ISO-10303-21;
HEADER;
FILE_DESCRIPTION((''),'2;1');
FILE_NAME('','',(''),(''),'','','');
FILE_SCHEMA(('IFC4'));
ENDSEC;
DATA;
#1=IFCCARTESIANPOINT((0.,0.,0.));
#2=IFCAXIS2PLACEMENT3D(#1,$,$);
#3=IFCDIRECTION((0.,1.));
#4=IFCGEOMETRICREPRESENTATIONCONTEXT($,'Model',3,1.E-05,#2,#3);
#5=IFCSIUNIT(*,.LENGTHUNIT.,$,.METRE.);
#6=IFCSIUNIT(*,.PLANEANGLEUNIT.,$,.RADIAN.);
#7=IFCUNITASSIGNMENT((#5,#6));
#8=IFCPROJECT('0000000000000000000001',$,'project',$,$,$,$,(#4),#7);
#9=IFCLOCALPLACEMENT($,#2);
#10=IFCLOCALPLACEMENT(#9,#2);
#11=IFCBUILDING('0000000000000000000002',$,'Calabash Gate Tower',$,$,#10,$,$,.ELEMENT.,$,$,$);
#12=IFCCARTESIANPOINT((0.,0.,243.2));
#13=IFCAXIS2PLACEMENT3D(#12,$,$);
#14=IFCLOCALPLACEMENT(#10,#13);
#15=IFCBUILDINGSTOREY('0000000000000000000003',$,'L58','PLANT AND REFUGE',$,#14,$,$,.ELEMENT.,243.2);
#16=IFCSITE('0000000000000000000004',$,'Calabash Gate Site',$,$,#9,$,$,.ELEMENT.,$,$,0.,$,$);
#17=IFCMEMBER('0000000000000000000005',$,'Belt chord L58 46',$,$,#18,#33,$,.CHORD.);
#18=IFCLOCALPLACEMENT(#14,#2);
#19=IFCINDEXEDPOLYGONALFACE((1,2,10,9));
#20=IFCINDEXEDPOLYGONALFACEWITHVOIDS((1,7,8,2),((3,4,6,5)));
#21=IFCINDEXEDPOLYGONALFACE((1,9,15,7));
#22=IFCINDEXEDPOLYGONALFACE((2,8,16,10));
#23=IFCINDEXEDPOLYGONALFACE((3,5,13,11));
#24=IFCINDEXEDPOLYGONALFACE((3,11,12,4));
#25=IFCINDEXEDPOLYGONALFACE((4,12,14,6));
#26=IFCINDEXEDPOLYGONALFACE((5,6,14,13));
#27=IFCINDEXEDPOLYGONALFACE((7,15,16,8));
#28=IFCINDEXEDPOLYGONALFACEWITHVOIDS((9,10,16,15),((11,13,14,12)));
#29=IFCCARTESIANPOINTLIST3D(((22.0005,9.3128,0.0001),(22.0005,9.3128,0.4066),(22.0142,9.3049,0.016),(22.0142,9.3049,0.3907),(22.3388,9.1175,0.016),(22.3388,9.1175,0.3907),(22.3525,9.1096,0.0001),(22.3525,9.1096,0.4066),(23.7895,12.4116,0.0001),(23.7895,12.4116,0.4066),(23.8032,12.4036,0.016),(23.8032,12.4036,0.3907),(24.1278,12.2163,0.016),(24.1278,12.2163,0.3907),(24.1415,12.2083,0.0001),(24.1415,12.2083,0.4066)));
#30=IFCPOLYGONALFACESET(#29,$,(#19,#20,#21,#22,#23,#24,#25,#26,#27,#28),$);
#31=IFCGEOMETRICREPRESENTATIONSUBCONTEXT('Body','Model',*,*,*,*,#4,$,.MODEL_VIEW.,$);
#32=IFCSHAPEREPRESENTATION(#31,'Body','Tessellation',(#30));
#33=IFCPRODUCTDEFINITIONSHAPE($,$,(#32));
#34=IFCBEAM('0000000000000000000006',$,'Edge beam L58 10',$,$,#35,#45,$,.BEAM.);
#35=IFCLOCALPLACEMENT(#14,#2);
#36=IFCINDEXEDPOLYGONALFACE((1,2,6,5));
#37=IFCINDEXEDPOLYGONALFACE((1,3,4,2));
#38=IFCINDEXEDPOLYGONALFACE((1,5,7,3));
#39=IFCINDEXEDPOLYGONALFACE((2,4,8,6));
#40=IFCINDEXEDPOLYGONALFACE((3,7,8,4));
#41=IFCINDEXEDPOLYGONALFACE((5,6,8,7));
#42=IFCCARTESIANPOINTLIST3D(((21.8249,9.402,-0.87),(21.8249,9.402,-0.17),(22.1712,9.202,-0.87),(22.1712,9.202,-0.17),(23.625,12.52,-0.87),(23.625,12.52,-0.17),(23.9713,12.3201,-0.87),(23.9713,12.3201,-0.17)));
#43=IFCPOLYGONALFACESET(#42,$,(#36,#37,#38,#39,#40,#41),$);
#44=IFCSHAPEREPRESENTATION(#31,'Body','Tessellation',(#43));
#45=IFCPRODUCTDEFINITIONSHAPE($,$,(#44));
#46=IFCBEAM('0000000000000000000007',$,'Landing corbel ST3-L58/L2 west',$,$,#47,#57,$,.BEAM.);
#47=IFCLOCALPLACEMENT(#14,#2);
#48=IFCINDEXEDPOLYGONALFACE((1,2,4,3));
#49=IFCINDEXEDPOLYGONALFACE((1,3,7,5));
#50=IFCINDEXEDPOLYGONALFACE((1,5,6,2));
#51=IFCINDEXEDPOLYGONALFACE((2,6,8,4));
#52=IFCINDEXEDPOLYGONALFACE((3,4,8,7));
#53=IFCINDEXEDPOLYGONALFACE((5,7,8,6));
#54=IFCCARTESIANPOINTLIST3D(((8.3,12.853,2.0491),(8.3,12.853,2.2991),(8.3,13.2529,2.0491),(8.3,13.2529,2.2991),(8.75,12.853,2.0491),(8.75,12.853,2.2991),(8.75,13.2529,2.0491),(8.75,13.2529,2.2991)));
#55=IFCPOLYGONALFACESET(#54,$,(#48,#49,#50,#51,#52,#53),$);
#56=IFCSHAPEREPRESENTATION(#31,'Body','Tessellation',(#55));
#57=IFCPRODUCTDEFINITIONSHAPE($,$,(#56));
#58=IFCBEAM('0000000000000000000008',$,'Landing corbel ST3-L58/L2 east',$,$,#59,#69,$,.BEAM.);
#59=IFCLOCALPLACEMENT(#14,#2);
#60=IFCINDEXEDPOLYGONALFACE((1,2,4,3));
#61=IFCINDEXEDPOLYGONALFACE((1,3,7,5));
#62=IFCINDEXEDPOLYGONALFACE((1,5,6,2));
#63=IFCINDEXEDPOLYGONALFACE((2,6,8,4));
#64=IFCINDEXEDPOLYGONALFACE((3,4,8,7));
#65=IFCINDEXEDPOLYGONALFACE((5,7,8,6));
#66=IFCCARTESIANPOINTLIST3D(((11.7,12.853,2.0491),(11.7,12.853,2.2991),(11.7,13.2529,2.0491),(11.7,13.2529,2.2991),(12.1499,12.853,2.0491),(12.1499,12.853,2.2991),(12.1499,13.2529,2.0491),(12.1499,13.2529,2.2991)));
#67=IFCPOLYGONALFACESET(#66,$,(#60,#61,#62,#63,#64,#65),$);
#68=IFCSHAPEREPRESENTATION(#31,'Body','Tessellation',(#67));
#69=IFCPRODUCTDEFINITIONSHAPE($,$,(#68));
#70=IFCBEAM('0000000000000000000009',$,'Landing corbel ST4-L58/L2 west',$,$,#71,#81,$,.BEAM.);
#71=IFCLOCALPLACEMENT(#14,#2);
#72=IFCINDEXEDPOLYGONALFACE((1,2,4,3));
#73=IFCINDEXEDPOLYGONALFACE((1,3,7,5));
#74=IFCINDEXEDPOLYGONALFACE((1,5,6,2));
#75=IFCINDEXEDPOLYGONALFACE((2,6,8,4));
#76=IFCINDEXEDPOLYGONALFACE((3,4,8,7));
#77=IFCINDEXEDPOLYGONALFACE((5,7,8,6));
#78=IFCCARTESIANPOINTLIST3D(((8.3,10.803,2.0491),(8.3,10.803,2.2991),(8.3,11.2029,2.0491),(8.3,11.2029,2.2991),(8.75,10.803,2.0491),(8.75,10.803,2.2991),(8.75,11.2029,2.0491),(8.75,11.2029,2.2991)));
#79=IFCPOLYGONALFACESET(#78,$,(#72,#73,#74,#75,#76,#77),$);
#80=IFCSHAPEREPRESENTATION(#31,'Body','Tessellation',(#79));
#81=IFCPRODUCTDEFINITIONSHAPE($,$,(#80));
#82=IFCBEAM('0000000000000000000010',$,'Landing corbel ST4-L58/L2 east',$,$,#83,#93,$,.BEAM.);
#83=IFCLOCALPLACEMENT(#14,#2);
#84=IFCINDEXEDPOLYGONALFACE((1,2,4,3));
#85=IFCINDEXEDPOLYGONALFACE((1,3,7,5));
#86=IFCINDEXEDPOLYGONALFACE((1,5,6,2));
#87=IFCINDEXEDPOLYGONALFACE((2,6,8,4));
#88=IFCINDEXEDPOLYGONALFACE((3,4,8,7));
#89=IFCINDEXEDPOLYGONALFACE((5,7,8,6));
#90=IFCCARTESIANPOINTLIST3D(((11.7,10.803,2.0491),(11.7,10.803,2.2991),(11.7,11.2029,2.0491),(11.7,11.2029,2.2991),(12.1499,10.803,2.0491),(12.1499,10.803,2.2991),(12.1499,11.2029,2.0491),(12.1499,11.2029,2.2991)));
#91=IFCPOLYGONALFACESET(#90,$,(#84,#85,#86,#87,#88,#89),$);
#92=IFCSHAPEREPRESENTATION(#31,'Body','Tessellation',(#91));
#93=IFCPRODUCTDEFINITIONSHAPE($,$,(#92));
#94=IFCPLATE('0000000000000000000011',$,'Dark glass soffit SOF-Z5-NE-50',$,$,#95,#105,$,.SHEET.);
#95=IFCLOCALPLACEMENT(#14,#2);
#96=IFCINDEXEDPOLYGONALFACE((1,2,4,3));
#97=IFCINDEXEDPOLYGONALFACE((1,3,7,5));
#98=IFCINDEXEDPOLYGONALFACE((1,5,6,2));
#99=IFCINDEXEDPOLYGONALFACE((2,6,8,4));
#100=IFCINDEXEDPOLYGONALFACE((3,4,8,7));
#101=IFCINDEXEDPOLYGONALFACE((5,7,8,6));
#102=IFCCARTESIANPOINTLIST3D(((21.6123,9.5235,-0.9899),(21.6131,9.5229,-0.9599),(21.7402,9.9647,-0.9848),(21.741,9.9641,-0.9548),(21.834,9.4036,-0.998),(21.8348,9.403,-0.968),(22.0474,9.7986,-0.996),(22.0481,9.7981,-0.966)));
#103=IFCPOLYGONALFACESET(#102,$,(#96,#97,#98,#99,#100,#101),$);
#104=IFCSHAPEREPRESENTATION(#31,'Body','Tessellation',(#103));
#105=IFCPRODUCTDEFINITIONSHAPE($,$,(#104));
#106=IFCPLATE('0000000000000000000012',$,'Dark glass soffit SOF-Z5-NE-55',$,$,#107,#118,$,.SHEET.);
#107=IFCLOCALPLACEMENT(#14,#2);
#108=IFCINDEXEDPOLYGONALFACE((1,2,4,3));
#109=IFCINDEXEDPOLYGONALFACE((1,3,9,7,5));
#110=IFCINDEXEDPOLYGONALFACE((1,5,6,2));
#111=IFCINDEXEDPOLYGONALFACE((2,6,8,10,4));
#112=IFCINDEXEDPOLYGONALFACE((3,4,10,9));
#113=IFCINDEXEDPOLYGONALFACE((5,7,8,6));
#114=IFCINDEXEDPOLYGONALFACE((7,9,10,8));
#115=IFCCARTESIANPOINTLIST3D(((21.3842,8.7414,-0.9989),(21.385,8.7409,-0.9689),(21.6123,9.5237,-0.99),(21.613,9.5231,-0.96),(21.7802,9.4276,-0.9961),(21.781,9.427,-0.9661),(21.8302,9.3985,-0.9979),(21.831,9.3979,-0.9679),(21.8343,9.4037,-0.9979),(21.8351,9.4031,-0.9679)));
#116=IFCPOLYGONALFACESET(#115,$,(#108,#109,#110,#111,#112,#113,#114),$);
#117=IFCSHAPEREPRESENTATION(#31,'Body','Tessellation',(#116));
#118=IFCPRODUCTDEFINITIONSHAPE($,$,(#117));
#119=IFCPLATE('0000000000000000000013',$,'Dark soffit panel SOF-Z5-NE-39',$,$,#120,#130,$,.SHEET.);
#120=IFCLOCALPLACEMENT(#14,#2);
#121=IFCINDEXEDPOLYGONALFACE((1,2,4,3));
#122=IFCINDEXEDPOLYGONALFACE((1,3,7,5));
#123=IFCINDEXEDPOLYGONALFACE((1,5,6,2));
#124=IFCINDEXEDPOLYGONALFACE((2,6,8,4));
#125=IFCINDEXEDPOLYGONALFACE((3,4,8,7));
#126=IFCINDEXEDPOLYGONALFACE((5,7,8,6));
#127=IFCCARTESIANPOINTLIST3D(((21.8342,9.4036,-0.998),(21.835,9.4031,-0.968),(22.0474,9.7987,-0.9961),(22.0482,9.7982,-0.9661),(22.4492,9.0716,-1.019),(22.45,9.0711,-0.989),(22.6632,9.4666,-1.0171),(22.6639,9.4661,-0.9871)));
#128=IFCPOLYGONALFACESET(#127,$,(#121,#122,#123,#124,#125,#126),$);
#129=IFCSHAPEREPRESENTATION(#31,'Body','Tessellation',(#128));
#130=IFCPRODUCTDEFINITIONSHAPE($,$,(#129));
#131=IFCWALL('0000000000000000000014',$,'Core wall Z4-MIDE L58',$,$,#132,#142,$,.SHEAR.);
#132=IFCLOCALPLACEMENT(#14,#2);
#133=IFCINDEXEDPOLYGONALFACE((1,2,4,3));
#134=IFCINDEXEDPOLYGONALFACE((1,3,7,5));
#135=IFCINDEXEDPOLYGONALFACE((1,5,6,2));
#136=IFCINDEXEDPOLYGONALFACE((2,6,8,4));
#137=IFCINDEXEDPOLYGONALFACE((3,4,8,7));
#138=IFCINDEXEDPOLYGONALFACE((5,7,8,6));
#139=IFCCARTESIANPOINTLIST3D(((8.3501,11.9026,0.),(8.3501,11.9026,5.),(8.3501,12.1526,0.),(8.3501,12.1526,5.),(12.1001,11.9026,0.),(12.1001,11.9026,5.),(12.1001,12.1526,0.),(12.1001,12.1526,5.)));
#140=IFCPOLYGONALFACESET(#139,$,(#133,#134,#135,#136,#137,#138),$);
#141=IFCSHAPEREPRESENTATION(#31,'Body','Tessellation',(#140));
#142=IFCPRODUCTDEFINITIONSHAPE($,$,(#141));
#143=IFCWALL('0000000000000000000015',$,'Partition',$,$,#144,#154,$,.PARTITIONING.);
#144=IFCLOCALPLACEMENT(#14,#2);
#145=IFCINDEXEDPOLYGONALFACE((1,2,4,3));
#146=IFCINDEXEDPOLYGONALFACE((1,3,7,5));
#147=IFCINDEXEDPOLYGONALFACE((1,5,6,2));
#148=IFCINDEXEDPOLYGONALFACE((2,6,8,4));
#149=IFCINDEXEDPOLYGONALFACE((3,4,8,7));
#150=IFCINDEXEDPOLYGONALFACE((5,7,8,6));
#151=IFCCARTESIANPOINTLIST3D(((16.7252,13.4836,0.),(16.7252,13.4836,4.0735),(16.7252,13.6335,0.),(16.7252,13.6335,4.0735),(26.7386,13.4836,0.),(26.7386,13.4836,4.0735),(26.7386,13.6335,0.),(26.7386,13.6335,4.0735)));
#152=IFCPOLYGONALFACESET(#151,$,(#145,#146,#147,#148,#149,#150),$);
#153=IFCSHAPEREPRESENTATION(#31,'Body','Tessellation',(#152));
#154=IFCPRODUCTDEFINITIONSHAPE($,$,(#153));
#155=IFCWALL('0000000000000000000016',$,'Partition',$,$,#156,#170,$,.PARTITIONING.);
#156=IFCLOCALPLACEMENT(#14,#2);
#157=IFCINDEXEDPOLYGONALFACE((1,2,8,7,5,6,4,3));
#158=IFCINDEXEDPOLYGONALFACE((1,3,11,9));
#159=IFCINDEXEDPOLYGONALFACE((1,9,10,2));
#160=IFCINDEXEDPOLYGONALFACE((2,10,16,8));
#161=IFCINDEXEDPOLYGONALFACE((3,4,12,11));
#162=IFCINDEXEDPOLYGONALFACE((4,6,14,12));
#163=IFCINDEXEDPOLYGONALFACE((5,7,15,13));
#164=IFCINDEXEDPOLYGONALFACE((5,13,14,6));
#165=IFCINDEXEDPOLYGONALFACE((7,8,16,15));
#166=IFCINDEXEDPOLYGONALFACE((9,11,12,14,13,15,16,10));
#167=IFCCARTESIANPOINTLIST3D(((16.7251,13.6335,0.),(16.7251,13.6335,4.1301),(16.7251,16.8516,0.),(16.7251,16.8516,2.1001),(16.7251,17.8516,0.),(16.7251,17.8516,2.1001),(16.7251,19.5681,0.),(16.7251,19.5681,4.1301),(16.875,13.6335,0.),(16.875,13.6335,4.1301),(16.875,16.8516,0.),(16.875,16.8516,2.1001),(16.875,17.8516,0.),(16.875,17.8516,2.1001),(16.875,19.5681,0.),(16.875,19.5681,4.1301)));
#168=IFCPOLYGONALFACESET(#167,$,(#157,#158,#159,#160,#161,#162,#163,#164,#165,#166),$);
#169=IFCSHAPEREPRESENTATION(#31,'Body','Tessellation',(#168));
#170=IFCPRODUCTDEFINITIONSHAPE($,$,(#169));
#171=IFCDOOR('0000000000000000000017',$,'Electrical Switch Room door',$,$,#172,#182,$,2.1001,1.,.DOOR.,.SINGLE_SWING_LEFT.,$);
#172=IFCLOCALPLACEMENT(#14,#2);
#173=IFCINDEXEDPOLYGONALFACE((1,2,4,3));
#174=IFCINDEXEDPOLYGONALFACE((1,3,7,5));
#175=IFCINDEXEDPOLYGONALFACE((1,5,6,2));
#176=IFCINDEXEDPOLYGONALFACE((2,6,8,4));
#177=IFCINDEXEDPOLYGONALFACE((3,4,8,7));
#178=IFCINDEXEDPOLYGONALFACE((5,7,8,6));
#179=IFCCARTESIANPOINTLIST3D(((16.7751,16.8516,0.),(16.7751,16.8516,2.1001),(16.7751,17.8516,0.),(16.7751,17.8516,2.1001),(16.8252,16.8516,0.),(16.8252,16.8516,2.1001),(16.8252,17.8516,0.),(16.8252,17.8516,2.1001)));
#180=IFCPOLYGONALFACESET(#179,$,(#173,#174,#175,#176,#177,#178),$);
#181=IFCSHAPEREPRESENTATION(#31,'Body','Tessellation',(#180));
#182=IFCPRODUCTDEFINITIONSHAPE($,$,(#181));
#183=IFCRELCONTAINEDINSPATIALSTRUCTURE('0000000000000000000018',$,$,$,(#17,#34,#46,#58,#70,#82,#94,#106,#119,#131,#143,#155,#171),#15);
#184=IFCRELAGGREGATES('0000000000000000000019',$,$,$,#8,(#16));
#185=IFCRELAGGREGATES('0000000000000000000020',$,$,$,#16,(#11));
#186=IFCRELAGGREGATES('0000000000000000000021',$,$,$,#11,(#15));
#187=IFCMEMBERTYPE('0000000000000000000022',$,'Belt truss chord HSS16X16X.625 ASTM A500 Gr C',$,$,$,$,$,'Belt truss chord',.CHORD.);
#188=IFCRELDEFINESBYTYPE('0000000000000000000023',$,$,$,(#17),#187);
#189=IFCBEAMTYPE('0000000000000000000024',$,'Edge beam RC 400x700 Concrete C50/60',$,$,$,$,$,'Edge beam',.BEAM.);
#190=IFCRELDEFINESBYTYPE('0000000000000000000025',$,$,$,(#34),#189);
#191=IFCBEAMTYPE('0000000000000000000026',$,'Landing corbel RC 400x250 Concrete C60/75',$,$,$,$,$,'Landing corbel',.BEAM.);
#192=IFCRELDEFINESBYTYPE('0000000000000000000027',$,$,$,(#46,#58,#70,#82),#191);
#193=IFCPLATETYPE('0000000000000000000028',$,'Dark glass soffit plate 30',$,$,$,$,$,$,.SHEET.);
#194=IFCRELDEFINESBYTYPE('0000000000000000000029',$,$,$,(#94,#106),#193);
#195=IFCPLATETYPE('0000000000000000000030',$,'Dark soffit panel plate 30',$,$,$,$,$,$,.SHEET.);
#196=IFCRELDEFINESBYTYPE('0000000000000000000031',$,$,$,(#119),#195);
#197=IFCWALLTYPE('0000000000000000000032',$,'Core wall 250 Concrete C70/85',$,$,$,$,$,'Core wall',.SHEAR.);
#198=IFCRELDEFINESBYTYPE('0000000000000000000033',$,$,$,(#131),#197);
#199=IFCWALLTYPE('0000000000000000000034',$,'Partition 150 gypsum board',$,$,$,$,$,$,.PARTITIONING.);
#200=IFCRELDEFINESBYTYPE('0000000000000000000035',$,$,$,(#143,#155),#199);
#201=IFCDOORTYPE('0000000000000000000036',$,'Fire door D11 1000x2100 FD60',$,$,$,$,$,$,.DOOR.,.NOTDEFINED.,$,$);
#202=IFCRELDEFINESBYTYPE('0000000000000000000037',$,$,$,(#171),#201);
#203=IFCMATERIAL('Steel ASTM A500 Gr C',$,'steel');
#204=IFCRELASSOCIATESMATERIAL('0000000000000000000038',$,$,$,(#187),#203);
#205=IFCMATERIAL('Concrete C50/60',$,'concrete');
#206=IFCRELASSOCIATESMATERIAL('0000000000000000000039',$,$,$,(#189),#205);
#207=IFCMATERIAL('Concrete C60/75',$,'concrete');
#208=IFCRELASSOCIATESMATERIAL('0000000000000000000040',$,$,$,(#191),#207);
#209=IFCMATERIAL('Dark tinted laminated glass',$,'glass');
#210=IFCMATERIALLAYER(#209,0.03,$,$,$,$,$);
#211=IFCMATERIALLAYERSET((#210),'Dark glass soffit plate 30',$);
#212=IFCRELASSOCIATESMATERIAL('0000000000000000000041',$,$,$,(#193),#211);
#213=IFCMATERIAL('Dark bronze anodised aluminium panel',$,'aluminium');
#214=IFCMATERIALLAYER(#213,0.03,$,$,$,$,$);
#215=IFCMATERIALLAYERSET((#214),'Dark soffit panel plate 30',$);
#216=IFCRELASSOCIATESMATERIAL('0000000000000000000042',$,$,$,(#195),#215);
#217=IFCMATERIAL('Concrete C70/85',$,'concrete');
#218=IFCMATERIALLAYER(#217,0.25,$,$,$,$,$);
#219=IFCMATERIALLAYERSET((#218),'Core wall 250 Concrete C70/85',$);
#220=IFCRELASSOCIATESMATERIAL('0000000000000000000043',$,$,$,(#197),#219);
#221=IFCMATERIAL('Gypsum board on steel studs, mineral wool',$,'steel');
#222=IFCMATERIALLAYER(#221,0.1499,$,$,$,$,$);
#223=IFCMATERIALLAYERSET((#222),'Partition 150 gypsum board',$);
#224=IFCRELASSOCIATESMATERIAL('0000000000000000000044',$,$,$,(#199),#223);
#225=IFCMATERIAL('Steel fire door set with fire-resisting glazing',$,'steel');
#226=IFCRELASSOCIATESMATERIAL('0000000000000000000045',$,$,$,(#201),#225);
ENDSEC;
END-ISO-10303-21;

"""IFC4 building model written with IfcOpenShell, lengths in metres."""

from ifc_helpers import new_model, si_unit, direction, frame, frame_2d, origin, origin_2d, place, context, subcontext, project, spatial, polyline, rectangle, hollow_rectangle, outline, extrude, material, layer, layer_set, material_profile, profile_set, type_object, element, fill, save


model = new_model("IFC4")

# Units and contexts
model_context = context("Model", 3, precision=1e-05, world=origin(), true_north=direction((0.0, 1.0)))
body_context = subcontext(model_context, "Body", "Model", "MODEL_VIEW")
ifc_project = project(units=[si_unit("LENGTHUNIT", "METRE"), si_unit("PLANEANGLEUNIT", "RADIAN")], contexts=[model_context])

# Site, building, storey
site_placement = place(None, origin())
site = spatial("IfcSite", under=ifc_project, at=site_placement, Name="Calabash Gate Site", CompositionType="ELEMENT", RefElevation=0.0)
building_placement = place(site_placement, origin())
building = spatial("IfcBuilding", under=site, at=building_placement, Name="Calabash Gate Tower", CompositionType="ELEMENT")
storey_placement = place(building_placement, frame((0.0, 0.0, 243.2)))
storey = spatial("IfcBuildingStorey", under=building, at=storey_placement, Name="L58", Description="PLANT AND REFUGE", CompositionType="ELEMENT", Elevation=243.2)

# Member
ifc_material_1 = material(Name="Steel ASTM A500 Gr C", Category="steel")
ifc_material_profile_1 = material_profile(ifc_material_1, hollow_rectangle(XDim=0.4065, YDim=0.4065, WallThickness=0.0159, at=origin_2d()))
ifc_profile_set_1 = profile_set([ifc_material_profile_1], Name="Steel ASTM A500 Gr C")
member_type = type_object("IfcMemberType", Name="Belt truss chord HSS16X16X.625 ASTM A500 Gr C", ElementType="Belt truss chord", PredefinedType="CHORD", material=ifc_profile_set_1)
member_placement = place(storey_placement, frame((22.1765, 9.2112, 0.2034), z_axis=(0.499984, 0.866034, 0.0), x_axis=(-0.866034, 0.499984, 0.0)))
element("IfcMember", 1, at=member_placement, inside=storey, type_object=member_type, Name="Belt chord L58 46", PredefinedType="CHORD", context=body_context, shape_type="SweptSolid", body=[
    extrude(hollow_rectangle(XDim=0.4065, YDim=0.4065, WallThickness=0.0159, at=origin_2d()), origin(), (0.0, 0.0, 1.0), 3.5781),
])

# Beams
ifc_material_2 = material(Name="Concrete C50/60", Category="concrete")
ifc_material_profile_2 = material_profile(ifc_material_2, rectangle(XDim=0.3999, YDim=0.7, at=origin_2d()))
ifc_profile_set_2 = profile_set([ifc_material_profile_2], Name="Concrete C50/60")
beam_type_1 = type_object("IfcBeamType", Name="Edge beam RC 400x700 Concrete C50/60", ElementType="Edge beam", PredefinedType="BEAM", material=ifc_profile_set_2)
beam_placement = place(storey_placement, frame((21.998, 9.302, -0.52), z_axis=(0.499983, 0.866035, 0.0), x_axis=(-0.866035, 0.499983, 0.0)))
element("IfcBeam", 2, at=beam_placement, inside=storey, type_object=beam_type_1, Name="Edge beam L58 10", PredefinedType="BEAM", context=body_context, shape_type="SweptSolid", body=[
    extrude(rectangle(XDim=0.3999, YDim=0.7, at=origin_2d()), origin(), (0.0, 0.0, 1.0), 3.6003),
])
ifc_material_3 = material(Name="Concrete C60/75", Category="concrete")
ifc_material_profile_3 = material_profile(ifc_material_3, rectangle(XDim=0.3999, YDim=0.25, at=origin_2d()))
ifc_profile_set_3 = profile_set([ifc_material_profile_3], Name="Concrete C60/75")
beam_type_2 = type_object("IfcBeamType", Name="Landing corbel RC 400x250 Concrete C60/75", ElementType="Landing corbel", PredefinedType="BEAM", material=ifc_profile_set_3)
for number, where, z_axis, x_axis, name in (
    (3, (8.3, 13.053, 2.1741), (1.0, 0.0, 0.0), (0.0, 1.0, 0.0), "Landing corbel ST3-L58/L2 west"),
    (4, (12.1499, 13.053, 2.1741), (-1.0, 0.0, 0.0), (0.0, -1.0, 0.0), "Landing corbel ST3-L58/L2 east"),
    (5, (8.3, 11.0029, 2.1741), (1.0, 0.0, 0.0), (0.0, 1.0, 0.0), "Landing corbel ST4-L58/L2 west"),
    (6, (12.1499, 11.0029, 2.1741), (-1.0, 0.0, 0.0), (0.0, -1.0, 0.0), "Landing corbel ST4-L58/L2 east"),
):
    element("IfcBeam", number, at=place(storey_placement, frame(where, z_axis=z_axis, x_axis=x_axis)), inside=storey, type_object=beam_type_2, Name=name, PredefinedType="BEAM", context=body_context, shape_type="SweptSolid", body=[
        extrude(rectangle(XDim=0.3999, YDim=0.25, at=origin_2d()), origin(), (0.0, 0.0, 1.0), 0.45),
    ])

# Plates
ifc_material_4 = material(Name="Dark tinted laminated glass", Category="glass")
ifc_layer_1 = layer(ifc_material_4, 0.03)
ifc_layer_set_1 = layer_set([ifc_layer_1], Name="Dark glass soffit plate 30")
plate_type_1 = type_object("IfcPlateType", Name="Dark glass soffit plate 30", PredefinedType="SHEET", material=ifc_layer_set_1)
plate_1_placement = place(storey_placement, frame((21.741, 9.9641, -0.9548), z_axis=(0.026109, -0.019112, 0.999476), x_axis=(0.879254, -0.475273, -0.032057)))
element("IfcPlate", 7, at=plate_1_placement, inside=storey, type_object=plate_type_1, Name="Dark glass soffit SOF-Z5-NE-50", PredefinedType="SHEET", context=body_context, shape_type="SweptSolid", body=[
    extrude(outline(polyline([(0.0, 0.0), (0.3494, 0.0), (0.3496, -0.449), (0.0974, -0.449), (0.0, 0.0)])), origin(), (0.0, 0.0, -1.0), 0.03),
])
plate_2_placement = place(storey_placement, frame((21.781, 9.427, -0.9661), z_axis=(0.02556, -0.018846, 0.999496), x_axis=(-0.499911, -0.86607, -0.003546)))
element("IfcPlate", 8, at=plate_2_placement, inside=storey, type_object=plate_type_1, Name="Dark glass soffit SOF-Z5-NE-55", PredefinedType="SHEET", context=body_context, shape_type="SweptSolid", body=[
    extrude(outline(polyline([(0.0, 0.0), (0.7922, 0.0), (0.0007, -0.1936), (-0.0063, 0.0588), (0.0002, 0.0579), (0.0, 0.0)])), origin(), (0.0, 0.0, -1.0), 0.03),
])
ifc_material_5 = material(Name="Dark bronze anodised aluminium panel", Category="aluminium")
ifc_layer_2 = layer(ifc_material_5, 0.03)
ifc_layer_set_2 = layer_set([ifc_layer_2], Name="Dark soffit panel plate 30")
plate_type_2 = type_object("IfcPlateType", Name="Dark soffit panel plate 30", PredefinedType="SHEET", material=ifc_layer_set_2)
plate_3_placement = place(storey_placement, frame((21.835, 9.4031, -0.968), z_axis=(0.024333, -0.018101, 0.99954), x_axis=(0.474842, 0.88006, 0.004378)))
element("IfcPlate", 9, at=plate_3_placement, inside=storey, type_object=plate_type_2, Name="Dark soffit panel SOF-Z5-NE-39", PredefinedType="SHEET", context=body_context, shape_type="SweptSolid", body=[
    extrude(outline(polyline([(0.0, 0.0), (0.449, 0.0), (0.449, -0.7), (-0.0002, -0.6992), (0.0, 0.0)])), origin(), (0.0, 0.0, -1.0), 0.03),
])

# Walls
ifc_material_6 = material(Name="Concrete C70/85", Category="concrete")
ifc_layer_3 = layer(ifc_material_6, 0.25)
ifc_layer_set_3 = layer_set([ifc_layer_3], Name="Core wall 250 Concrete C70/85")
wall_type_1 = type_object("IfcWallType", Name="Core wall 250 Concrete C70/85", ElementType="Core wall", PredefinedType="SHEAR", material=ifc_layer_set_3)
wall_1_placement = place(storey_placement, frame((8.3501, 12.0276, 0.0), z_axis=(0.0, 0.0, 1.0), x_axis=(1.0, 0.0, 0.0)))
element("IfcWall", 10, at=wall_1_placement, inside=storey, type_object=wall_type_1, Name="Core wall Z4-MIDE L58", PredefinedType="SHEAR", context=body_context, shape_type="SweptSolid", body=[
    extrude(rectangle(XDim=3.75, YDim=0.25, at=frame_2d((1.875, 0.0))), origin(), (0.0, 0.0, 1.0), 5.0),
])
ifc_material_7 = material(Name="Gypsum board on steel studs, mineral wool", Category="steel")
ifc_layer_4 = layer(ifc_material_7, 0.1499)
ifc_layer_set_4 = layer_set([ifc_layer_4], Name="Partition 150 gypsum board")
wall_type_2 = type_object("IfcWallType", Name="Partition 150 gypsum board", PredefinedType="PARTITIONING", material=ifc_layer_set_4)
wall_2_placement = place(storey_placement, frame((16.7251, 13.5586, 0.0), z_axis=(0.0, 0.0, 1.0), x_axis=(1.0, 0.0, 0.0)))
element("IfcWall", 11, at=wall_2_placement, inside=storey, type_object=wall_type_2, Name="Partition", PredefinedType="PARTITIONING", context=body_context, shape_type="SweptSolid", body=[
    extrude(rectangle(XDim=10.0134, YDim=0.1499, at=frame_2d((5.0068, 0.0))), origin(), (0.0, 0.0, 1.0), 4.0735),
])

# Wall, opening, door
wall_3_placement = place(storey_placement, frame((16.8, 13.6335, 0.0), z_axis=(0.0, 0.0, 1.0), x_axis=(0.0, 1.0, 0.0)))
wall_3 = element("IfcWall", 12, at=wall_3_placement, inside=storey, type_object=wall_type_2, Name="Partition", PredefinedType="PARTITIONING", context=body_context, shape_type="SweptSolid", body=[
    extrude(rectangle(XDim=5.9346, YDim=0.1499, at=frame_2d((2.9673, 0.0))), origin(), (0.0, 0.0, 1.0), 4.1301),
])
opening_placement = place(wall_3_placement, frame((3.218, 0.0, 0.0)))
opening = element("IfcOpeningElement", 13, at=opening_placement, cuts=wall_3, PredefinedType="OPENING", context=body_context, shape_type="SweptSolid", body=[
    extrude(rectangle(XDim=1.0, YDim=2.1001, at=frame_2d((0.5, 1.05))), frame((0.0, 0.085, 0.0), z_axis=(0.0, -1.0, 0.0), x_axis=(1.0, 0.0, 0.0)), (0.0, 0.0, 1.0), 0.1699),
])
ifc_material_8 = material(Name="Steel fire door set with fire-resisting glazing", Category="steel")
door_type = type_object("IfcDoorType", Name="Fire door D11 1000x2100 FD60", OperationType="NOTDEFINED", PredefinedType="DOOR", material=ifc_material_8)
door_placement = place(opening_placement, origin())
door = element("IfcDoor", 14, at=door_placement, inside=storey, type_object=door_type, Name="Electrical Switch Room door", OperationType="SINGLE_SWING_LEFT", OverallHeight=2.1001, OverallWidth=1.0, PredefinedType="DOOR", context=body_context, shape_type="SweptSolid", body=[
    extrude(rectangle(XDim=1.0, YDim=2.1001, at=frame_2d((0.5, 1.05))), frame((0.0, 0.0249, 0.0), z_axis=(0.0, -1.0, 0.0), x_axis=(1.0, 0.0, 0.0)), (0.0, 0.0, 1.0), 0.05),
])
fill(opening, door)

save(model, "model.ifc")
